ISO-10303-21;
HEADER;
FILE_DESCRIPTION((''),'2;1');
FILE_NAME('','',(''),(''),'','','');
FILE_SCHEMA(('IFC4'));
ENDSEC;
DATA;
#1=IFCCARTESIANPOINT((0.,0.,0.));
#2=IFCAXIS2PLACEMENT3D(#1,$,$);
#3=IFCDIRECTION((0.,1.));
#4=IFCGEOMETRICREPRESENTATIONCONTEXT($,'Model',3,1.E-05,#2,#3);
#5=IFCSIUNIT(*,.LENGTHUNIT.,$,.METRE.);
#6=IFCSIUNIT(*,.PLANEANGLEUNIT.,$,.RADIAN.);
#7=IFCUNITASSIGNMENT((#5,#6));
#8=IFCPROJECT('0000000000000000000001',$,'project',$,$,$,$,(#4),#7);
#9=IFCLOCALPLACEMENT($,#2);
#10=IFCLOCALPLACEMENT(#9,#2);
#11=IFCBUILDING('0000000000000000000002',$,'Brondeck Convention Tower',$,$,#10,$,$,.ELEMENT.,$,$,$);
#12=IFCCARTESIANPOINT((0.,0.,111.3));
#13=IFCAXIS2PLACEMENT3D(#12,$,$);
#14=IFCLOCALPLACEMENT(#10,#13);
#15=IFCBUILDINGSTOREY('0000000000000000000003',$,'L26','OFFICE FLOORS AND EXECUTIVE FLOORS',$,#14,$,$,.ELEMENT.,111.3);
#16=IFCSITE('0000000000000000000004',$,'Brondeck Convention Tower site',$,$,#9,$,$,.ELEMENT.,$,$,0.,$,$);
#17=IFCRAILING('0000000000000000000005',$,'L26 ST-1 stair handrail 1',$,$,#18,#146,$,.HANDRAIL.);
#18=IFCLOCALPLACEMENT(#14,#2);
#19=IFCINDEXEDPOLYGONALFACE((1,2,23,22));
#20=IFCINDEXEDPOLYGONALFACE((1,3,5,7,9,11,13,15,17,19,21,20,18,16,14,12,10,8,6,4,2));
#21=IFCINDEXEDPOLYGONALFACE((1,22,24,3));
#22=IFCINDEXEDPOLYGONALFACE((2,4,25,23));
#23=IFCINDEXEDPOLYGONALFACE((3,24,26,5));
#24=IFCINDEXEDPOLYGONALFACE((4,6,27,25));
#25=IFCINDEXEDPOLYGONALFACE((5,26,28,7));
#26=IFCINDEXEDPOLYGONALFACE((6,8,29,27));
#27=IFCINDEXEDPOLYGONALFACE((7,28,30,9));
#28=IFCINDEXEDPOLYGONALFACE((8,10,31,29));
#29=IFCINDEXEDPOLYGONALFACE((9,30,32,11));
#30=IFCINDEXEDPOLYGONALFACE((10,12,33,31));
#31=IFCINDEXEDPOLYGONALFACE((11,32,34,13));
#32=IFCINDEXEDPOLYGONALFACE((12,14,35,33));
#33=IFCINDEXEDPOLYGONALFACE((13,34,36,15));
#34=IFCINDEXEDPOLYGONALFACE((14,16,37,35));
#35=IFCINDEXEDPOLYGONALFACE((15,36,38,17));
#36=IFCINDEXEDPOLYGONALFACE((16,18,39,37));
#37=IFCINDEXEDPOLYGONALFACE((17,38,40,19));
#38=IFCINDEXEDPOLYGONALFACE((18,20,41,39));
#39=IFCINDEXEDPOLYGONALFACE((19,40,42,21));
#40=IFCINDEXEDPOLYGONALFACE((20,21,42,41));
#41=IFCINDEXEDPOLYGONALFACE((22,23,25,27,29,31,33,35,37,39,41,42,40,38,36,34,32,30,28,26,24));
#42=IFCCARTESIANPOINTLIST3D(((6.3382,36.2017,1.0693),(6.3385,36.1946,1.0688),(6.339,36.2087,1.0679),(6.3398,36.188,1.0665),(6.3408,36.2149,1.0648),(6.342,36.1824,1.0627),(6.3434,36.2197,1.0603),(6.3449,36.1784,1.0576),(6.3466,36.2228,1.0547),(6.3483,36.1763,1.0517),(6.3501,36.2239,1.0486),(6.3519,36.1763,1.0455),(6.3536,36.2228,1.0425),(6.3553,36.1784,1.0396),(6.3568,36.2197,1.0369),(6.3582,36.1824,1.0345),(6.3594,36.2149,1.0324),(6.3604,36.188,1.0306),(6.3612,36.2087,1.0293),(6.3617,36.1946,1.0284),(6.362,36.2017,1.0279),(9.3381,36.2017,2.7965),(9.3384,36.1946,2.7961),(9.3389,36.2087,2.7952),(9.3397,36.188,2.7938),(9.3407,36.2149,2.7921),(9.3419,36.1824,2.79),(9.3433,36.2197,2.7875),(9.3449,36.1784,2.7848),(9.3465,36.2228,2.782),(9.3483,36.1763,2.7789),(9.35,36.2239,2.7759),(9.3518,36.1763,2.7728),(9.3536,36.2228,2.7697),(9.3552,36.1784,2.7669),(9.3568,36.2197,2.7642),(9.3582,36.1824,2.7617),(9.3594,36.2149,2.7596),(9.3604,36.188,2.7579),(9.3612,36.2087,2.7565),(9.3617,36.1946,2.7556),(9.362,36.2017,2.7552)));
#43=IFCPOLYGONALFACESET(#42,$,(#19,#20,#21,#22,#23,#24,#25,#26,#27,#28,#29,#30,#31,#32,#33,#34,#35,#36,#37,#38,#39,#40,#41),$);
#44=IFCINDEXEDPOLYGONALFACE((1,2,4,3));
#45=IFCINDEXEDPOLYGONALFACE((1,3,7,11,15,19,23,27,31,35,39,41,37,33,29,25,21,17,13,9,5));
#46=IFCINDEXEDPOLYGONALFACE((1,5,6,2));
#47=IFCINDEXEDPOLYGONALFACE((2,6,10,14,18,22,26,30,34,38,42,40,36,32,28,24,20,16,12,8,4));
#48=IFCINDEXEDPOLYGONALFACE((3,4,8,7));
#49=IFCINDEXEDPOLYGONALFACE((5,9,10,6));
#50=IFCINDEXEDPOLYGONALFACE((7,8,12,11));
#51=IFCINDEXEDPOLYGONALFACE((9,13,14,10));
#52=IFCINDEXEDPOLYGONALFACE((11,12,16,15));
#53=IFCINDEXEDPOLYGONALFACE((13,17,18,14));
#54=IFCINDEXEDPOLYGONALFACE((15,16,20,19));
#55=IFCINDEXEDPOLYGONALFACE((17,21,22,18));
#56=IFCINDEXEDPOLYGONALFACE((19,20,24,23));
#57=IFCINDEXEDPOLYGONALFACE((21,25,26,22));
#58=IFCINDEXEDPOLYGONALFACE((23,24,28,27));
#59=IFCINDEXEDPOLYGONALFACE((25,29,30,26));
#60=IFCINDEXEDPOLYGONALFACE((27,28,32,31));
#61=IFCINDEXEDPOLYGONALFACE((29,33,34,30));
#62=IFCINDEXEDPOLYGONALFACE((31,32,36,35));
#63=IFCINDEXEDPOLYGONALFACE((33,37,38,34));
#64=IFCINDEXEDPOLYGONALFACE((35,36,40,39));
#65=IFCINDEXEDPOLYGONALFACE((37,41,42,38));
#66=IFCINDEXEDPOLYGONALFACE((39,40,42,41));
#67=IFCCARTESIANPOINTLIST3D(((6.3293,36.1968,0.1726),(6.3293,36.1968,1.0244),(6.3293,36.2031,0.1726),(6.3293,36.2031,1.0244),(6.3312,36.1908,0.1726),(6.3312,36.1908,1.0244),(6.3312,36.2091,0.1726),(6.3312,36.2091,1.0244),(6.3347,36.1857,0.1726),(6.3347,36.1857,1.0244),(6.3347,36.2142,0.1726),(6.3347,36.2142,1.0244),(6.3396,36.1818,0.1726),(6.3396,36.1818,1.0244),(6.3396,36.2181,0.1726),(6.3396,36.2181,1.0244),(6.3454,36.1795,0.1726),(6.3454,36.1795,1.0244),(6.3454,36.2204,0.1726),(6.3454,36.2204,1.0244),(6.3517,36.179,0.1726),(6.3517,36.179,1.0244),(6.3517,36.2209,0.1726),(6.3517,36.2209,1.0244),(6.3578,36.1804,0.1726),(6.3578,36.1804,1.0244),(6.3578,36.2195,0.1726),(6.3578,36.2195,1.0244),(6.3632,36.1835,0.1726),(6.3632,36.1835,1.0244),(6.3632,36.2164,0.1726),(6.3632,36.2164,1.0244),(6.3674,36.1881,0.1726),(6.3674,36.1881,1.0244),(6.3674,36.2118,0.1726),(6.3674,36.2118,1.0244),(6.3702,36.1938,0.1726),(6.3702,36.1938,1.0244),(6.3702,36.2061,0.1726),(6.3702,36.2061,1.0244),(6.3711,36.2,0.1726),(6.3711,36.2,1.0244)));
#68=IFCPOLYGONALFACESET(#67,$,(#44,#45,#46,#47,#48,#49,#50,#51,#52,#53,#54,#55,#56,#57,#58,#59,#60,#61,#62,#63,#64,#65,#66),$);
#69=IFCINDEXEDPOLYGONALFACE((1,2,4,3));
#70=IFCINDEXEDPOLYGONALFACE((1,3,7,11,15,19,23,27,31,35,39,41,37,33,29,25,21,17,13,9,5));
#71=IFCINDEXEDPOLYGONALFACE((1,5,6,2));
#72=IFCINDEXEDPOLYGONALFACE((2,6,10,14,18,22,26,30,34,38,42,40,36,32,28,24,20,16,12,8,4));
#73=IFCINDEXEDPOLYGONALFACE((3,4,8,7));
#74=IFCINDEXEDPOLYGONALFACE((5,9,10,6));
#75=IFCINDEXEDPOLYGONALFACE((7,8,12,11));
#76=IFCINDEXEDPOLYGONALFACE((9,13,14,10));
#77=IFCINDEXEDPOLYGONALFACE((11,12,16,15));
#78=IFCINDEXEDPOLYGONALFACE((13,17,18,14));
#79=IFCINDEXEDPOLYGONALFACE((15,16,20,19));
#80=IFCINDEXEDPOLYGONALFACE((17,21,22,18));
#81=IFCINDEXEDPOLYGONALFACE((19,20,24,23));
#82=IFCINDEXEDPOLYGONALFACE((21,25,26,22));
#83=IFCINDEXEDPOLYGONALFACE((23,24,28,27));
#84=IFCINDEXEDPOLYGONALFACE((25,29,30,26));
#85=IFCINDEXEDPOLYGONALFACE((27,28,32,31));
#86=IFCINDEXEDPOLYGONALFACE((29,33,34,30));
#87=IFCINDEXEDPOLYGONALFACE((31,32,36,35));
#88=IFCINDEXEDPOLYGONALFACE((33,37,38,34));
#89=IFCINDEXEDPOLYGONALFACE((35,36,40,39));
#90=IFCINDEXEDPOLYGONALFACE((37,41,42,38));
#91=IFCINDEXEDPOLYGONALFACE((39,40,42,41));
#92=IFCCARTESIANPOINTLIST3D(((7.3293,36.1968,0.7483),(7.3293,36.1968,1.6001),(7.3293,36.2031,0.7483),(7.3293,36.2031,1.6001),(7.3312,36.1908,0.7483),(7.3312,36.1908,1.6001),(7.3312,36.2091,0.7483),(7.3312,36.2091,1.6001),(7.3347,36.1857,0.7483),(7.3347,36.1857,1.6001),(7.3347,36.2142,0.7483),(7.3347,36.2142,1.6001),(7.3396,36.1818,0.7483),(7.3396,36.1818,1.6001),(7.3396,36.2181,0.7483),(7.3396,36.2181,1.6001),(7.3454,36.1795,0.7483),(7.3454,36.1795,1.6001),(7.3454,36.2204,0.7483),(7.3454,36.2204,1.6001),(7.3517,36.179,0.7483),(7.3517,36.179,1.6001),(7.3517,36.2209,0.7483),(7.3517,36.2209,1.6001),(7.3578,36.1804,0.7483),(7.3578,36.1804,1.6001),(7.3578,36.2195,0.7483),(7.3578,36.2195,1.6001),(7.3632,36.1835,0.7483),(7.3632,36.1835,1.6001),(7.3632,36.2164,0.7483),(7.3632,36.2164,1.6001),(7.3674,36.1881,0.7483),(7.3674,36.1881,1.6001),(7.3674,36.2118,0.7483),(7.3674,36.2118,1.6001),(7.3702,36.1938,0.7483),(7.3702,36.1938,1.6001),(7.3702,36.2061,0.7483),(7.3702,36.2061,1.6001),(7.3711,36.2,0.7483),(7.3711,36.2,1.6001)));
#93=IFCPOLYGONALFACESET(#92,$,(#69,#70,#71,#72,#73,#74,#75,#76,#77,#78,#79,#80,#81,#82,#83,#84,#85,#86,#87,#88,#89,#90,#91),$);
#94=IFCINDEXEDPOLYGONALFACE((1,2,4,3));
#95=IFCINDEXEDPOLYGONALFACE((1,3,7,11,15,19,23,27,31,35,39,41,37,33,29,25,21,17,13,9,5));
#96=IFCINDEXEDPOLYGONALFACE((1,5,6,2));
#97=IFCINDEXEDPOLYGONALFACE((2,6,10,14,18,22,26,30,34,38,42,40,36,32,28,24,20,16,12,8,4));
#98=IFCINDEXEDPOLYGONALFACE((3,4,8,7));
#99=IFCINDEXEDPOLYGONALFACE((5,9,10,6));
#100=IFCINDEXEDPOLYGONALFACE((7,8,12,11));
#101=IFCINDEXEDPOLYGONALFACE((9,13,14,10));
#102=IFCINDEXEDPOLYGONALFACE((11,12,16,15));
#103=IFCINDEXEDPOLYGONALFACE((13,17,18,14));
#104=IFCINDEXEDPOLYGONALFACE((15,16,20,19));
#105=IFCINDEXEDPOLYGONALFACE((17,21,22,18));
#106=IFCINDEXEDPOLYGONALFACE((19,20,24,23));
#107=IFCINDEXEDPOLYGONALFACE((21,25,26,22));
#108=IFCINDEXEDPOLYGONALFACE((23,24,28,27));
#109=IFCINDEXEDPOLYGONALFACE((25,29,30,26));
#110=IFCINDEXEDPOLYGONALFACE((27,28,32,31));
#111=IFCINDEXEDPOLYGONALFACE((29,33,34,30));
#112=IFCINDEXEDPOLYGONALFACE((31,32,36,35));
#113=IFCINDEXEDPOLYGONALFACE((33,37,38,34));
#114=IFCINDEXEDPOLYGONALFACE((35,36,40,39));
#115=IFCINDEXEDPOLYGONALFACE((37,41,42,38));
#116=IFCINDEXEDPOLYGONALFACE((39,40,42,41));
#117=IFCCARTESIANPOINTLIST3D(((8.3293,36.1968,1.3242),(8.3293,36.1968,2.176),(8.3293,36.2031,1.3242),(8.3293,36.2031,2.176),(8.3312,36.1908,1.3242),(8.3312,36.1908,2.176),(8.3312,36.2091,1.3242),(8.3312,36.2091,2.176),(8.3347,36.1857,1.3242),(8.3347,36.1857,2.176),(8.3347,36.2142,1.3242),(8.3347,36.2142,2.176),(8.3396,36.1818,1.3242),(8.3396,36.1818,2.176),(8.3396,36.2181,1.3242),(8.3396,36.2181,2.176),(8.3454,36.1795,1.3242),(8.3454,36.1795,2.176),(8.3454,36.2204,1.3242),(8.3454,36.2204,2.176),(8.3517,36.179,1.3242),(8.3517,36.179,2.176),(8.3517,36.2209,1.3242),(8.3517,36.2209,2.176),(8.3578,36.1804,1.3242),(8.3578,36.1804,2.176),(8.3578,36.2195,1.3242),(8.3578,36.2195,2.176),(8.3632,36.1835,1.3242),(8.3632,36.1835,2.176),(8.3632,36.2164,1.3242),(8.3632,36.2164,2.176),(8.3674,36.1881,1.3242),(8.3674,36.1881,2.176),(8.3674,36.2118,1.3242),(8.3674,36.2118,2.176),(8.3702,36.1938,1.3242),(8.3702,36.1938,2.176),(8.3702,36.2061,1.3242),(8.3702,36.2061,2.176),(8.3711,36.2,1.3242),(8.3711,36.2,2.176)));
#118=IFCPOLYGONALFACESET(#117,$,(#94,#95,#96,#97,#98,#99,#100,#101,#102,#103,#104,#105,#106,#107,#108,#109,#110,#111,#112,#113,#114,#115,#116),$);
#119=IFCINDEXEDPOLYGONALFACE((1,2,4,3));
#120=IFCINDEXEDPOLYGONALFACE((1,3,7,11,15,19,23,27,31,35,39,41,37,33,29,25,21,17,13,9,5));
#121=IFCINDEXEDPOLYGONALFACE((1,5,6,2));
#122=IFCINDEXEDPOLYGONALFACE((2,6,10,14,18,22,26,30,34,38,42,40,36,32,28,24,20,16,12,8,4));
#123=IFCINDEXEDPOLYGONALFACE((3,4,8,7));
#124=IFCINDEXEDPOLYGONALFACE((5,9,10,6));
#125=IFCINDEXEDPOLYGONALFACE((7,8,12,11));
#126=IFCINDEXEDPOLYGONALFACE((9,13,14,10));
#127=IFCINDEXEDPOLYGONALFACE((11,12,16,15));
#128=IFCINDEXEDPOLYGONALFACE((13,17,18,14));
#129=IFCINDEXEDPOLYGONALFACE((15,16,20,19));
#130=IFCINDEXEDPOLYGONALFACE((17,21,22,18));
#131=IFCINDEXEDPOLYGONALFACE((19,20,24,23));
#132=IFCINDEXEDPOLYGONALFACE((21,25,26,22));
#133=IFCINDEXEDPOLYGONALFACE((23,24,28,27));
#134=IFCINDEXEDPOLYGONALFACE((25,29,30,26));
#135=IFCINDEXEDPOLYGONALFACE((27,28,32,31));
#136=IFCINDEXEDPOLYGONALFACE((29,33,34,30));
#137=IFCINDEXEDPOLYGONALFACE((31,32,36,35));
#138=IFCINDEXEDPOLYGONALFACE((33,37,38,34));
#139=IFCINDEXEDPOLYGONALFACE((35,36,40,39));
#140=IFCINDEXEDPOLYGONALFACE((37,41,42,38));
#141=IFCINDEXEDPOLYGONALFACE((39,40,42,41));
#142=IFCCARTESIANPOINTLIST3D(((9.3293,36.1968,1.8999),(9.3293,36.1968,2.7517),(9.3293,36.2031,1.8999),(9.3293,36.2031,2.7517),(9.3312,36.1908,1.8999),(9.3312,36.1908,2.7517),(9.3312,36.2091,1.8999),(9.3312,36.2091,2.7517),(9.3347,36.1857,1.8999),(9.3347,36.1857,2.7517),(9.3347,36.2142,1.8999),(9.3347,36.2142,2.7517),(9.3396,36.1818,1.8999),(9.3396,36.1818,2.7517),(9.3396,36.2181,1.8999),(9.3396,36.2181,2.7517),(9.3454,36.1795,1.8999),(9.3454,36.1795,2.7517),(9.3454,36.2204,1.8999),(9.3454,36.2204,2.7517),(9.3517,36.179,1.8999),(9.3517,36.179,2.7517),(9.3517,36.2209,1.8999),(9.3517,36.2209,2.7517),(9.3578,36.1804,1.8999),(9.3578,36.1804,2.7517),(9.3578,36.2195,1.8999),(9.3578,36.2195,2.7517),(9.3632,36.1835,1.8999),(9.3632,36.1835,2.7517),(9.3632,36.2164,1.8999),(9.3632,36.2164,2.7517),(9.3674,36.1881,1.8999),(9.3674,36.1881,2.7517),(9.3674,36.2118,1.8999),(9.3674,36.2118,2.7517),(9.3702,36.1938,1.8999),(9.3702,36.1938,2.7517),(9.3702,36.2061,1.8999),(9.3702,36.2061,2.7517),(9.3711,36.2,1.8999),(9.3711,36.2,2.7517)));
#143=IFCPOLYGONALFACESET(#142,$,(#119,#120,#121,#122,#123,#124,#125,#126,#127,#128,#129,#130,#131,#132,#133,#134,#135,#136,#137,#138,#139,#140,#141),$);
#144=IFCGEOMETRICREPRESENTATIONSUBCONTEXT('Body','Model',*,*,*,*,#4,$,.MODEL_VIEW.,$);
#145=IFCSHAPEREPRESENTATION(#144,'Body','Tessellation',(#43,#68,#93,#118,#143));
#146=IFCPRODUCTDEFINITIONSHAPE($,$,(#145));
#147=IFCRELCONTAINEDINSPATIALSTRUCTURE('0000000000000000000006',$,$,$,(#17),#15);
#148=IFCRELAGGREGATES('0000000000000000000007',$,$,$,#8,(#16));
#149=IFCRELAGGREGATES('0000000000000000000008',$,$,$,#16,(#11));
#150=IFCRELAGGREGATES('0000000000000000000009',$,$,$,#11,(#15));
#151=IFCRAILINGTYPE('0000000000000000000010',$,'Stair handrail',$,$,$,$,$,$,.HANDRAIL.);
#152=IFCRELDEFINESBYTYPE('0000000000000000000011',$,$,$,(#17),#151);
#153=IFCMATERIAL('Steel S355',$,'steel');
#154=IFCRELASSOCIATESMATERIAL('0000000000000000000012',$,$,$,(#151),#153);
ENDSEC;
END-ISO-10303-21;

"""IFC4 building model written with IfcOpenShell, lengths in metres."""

from ifc_helpers import new_model, si_unit, direction, frame, origin, origin_2d, place, context, subcontext, project, spatial, circle, extrude, material, type_object, element, save


model = new_model("IFC4")

# Units and contexts
model_context = context("Model", 3, precision=1e-05, world=origin(), true_north=direction((0.0, 1.0)))
body_context = subcontext(model_context, "Body", "Model", "MODEL_VIEW")
ifc_project = project(units=[si_unit("LENGTHUNIT", "METRE"), si_unit("PLANEANGLEUNIT", "RADIAN")], contexts=[model_context])

# Site, building, storey
site_placement = place(None, origin())
site = spatial("IfcSite", under=ifc_project, at=site_placement, Name="Brondeck Convention Tower site", CompositionType="ELEMENT", RefElevation=0.0)
building_placement = place(site_placement, origin())
building = spatial("IfcBuilding", under=site, at=building_placement, Name="Brondeck Convention Tower", CompositionType="ELEMENT")
storey_placement = place(building_placement, frame((0.0, 0.0, 111.3)))
storey = spatial("IfcBuildingStorey", under=building, at=storey_placement, Name="L26", Description="OFFICE FLOORS AND EXECUTIVE FLOORS", CompositionType="ELEMENT", Elevation=111.3)

# Railing
ifc_material_1 = material(Name="Steel S355", Category="steel")
railing_type_1 = type_object("IfcRailingType", Name="Stair handrail", PredefinedType="HANDRAIL", material=ifc_material_1)
railing_1_placement = place(storey_placement, frame((6.3501, 36.2, 0.1726)))
element("IfcRailing", 1, at=railing_1_placement, inside=storey, type_object=railing_type_1, Name="L26 ST-1 stair handrail 1", PredefinedType="HANDRAIL", context=body_context, shape_type="SweptSolid", body=[
    extrude(circle(Radius=0.0239, at=origin_2d()), frame((0.0, 0.0, 0.876), z_axis=(0.86662, 0.0, 0.498969), x_axis=(0.0, 1.0, 0.0)), (0.0, 0.0, 1.0), 3.4617),
    extrude(circle(Radius=0.021, at=origin_2d()), origin(), (0.0, 0.0, 1.0), 0.8518),
    extrude(circle(Radius=0.021, at=origin_2d()), frame((1.0, 0.0, 0.5757)), (0.0, 0.0, 1.0), 0.8518),
    extrude(circle(Radius=0.021, at=origin_2d()), frame((2.0, 0.0, 1.1516)), (0.0, 0.0, 1.0), 0.8518),
    extrude(circle(Radius=0.021, at=origin_2d()), frame((3.0, 0.0, 1.7273)), (0.0, 0.0, 1.0), 0.8518),
])

save(model, "model.ifc")
